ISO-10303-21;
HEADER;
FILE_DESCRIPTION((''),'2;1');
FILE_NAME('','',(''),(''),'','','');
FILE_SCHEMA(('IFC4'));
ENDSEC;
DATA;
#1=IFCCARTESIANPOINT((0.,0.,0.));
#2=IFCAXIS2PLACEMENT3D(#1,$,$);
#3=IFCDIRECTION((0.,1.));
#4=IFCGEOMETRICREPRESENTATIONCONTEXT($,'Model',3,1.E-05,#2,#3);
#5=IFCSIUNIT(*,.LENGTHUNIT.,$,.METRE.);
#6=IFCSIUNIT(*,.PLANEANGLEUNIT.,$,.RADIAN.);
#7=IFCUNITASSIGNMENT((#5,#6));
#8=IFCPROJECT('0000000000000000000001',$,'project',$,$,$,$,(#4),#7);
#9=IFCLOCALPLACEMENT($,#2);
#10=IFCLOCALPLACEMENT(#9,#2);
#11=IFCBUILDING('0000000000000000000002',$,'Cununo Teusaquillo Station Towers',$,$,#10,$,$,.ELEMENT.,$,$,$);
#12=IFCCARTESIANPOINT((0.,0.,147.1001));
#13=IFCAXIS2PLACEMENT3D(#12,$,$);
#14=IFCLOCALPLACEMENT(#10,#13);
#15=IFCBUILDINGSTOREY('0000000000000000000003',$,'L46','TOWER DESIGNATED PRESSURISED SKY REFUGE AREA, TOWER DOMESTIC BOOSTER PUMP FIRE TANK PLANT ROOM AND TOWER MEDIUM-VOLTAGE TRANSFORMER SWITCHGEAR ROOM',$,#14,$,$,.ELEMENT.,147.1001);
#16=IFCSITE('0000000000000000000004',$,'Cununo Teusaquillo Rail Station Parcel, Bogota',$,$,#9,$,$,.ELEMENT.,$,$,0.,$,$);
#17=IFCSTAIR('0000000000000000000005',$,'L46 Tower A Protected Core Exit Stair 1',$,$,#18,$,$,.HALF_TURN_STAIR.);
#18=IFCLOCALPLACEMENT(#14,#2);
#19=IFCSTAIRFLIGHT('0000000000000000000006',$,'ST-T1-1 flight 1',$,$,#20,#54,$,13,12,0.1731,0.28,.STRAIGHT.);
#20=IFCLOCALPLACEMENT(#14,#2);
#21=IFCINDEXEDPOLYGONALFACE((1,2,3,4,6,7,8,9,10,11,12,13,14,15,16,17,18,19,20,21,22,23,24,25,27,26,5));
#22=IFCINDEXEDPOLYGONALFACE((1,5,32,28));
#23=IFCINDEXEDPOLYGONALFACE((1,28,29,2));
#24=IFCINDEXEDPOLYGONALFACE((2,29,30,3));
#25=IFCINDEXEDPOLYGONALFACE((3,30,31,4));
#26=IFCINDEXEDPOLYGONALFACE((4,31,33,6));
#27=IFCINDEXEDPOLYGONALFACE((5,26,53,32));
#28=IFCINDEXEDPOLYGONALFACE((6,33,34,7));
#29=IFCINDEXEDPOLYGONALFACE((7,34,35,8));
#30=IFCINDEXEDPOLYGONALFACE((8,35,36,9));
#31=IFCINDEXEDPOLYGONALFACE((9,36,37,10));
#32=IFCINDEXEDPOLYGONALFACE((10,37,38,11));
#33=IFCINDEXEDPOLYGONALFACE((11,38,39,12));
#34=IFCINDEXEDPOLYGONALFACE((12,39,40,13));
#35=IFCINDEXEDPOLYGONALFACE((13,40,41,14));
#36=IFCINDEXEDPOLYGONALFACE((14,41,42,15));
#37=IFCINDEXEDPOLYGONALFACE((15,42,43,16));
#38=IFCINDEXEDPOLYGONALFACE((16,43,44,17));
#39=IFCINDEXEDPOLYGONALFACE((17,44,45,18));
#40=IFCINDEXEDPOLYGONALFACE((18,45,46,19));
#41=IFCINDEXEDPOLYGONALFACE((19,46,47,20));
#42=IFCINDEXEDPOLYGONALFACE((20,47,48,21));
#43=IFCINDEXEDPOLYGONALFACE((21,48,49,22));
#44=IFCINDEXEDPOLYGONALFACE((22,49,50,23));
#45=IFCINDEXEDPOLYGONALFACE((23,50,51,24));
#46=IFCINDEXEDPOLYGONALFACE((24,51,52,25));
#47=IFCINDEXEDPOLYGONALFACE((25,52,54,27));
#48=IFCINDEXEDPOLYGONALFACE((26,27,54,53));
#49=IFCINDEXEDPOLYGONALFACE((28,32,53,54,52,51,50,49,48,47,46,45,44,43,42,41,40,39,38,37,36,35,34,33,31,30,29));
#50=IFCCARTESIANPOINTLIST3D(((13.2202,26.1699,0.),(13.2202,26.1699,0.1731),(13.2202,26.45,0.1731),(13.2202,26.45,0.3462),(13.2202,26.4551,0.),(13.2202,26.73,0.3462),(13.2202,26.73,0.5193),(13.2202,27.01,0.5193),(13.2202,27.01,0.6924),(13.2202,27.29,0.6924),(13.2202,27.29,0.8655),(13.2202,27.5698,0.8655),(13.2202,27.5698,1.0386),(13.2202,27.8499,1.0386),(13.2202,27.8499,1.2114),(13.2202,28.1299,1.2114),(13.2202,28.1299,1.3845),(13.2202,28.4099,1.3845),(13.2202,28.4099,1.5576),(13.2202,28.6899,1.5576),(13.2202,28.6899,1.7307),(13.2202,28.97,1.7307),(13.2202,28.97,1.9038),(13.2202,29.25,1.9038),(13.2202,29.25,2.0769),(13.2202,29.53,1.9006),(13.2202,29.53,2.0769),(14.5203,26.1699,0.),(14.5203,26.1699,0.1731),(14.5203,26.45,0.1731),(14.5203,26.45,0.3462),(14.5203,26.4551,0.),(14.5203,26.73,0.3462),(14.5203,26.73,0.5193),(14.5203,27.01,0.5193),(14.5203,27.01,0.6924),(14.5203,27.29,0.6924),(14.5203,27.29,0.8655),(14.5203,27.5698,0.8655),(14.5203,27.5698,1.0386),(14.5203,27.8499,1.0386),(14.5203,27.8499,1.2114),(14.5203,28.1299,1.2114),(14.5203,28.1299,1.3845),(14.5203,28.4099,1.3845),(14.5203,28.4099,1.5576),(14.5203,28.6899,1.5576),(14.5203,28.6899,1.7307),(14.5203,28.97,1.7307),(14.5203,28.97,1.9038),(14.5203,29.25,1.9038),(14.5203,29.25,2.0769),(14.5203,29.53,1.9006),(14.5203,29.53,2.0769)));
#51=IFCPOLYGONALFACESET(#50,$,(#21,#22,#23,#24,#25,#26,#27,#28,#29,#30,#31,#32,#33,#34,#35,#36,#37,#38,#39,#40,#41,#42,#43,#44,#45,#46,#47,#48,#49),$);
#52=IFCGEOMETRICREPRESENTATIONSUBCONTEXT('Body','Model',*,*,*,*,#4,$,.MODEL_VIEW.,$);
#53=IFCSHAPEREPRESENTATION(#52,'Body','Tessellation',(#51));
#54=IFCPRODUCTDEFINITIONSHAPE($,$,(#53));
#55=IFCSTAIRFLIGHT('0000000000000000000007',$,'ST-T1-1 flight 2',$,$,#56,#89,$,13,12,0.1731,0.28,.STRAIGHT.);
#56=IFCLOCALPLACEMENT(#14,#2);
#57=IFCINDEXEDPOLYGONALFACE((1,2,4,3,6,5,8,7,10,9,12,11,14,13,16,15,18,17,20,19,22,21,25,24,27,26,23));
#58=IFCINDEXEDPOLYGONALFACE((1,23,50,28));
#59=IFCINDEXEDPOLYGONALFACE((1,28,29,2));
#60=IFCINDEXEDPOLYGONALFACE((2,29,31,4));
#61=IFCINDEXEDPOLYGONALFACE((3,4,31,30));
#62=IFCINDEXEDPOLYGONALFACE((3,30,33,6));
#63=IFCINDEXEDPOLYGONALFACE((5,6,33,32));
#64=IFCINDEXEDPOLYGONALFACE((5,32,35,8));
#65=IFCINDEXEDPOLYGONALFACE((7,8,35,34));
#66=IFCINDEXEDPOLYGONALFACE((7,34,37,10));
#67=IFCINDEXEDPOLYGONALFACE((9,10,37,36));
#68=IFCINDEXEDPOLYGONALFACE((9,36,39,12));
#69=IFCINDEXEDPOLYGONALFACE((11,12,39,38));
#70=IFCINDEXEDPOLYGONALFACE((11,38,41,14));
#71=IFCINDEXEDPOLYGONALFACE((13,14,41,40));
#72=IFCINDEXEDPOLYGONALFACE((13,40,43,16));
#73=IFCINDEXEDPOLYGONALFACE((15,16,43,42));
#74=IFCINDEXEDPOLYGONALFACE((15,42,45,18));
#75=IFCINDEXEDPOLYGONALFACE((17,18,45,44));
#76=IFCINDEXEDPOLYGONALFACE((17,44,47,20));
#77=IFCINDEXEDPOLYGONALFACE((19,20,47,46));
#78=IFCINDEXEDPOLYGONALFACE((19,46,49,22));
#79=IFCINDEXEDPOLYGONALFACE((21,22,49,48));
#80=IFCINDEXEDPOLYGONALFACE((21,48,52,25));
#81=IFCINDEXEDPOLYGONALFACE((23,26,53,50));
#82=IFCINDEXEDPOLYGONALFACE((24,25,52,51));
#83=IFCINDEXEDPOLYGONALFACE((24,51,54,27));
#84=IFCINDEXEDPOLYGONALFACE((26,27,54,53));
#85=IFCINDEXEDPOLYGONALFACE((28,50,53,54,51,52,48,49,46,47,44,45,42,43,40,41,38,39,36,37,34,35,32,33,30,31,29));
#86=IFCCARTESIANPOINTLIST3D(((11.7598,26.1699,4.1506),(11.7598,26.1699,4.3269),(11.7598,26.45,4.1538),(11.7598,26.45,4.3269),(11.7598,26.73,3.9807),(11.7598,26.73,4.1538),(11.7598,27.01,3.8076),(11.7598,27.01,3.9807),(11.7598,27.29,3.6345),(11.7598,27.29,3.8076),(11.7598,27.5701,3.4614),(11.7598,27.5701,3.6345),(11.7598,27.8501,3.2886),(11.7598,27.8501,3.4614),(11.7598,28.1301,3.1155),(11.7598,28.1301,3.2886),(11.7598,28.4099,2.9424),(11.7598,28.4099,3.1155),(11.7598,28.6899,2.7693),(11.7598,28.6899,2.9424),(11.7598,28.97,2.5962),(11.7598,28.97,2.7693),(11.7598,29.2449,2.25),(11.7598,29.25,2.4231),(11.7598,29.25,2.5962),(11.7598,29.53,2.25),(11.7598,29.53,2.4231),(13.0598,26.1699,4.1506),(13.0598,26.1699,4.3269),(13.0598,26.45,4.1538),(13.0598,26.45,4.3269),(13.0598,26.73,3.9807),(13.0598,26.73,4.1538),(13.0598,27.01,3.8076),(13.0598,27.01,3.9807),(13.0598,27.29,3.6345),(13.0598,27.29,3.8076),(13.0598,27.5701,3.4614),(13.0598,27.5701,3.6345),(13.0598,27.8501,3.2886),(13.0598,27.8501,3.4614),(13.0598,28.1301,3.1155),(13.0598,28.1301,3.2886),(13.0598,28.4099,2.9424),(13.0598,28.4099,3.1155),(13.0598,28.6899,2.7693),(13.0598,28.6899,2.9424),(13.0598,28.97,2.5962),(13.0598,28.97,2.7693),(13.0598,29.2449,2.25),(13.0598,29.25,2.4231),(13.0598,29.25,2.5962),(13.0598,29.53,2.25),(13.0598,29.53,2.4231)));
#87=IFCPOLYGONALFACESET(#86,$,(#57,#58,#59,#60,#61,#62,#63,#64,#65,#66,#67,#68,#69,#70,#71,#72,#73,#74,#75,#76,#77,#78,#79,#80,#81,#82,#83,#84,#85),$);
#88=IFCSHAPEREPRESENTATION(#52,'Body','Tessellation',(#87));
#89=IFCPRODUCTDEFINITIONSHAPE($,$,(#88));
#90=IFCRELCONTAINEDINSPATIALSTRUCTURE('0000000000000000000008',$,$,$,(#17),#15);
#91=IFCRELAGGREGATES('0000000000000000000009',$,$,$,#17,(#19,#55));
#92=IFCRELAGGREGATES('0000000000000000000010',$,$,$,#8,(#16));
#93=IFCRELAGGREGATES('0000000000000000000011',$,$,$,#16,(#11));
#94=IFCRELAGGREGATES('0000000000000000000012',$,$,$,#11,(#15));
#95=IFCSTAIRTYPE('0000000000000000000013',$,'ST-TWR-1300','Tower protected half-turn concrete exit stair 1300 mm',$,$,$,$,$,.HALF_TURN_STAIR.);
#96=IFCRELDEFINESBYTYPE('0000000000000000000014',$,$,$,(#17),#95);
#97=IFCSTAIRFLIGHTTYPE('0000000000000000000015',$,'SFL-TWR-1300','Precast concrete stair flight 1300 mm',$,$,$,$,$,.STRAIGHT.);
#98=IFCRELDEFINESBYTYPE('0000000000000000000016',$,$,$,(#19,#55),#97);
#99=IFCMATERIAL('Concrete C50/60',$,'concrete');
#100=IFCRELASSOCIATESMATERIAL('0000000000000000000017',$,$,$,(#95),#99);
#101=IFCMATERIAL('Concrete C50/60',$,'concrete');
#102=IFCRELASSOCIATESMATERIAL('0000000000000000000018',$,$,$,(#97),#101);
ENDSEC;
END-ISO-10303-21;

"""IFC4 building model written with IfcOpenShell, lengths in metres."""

from ifc_helpers import new_model, si_unit, direction, frame, origin, place, context, subcontext, project, spatial, polyline, outline, extrude, material, type_object, element, aggregate, save


model = new_model("IFC4")

# Units and contexts
model_context = context("Model", 3, precision=1e-05, world=origin(), true_north=direction((0.0, 1.0)))
body_context = subcontext(model_context, "Body", "Model", "MODEL_VIEW")
ifc_project = project(units=[si_unit("LENGTHUNIT", "METRE"), si_unit("PLANEANGLEUNIT", "RADIAN")], contexts=[model_context])

# Site, building, storey
site_placement = place(None, origin())
site = spatial("IfcSite", under=ifc_project, at=site_placement, Name="Cununo Teusaquillo Rail Station Parcel, Bogota", CompositionType="ELEMENT", RefElevation=0.0)
building_placement = place(site_placement, origin())
building = spatial("IfcBuilding", under=site, at=building_placement, Name="Cununo Teusaquillo Station Towers", CompositionType="ELEMENT")
storey_placement = place(building_placement, frame((0.0, 0.0, 147.1001)))
storey = spatial("IfcBuildingStorey", under=building, at=storey_placement, Name="L46", Description="TOWER DESIGNATED PRESSURISED SKY REFUGE AREA, TOWER DOMESTIC BOOSTER PUMP FIRE TANK PLANT ROOM AND TOWER MEDIUM-VOLTAGE TRANSFORMER SWITCHGEAR ROOM", CompositionType="ELEMENT", Elevation=147.1001)

# Stair, stair flights
ifc_material_1 = material(Name="Concrete C50/60", Category="concrete")
stair_type = type_object("IfcStairType", Name="ST-TWR-1300", Description="Tower protected half-turn concrete exit stair 1300 mm", PredefinedType="HALF_TURN_STAIR", material=ifc_material_1)
stair_placement = place(storey_placement, origin())
stair = element("IfcStair", 1, at=stair_placement, inside=storey, type_object=stair_type, Name="L46 Tower A Protected Core Exit Stair 1", PredefinedType="HALF_TURN_STAIR")
ifc_material_2 = material(Name="Concrete C50/60", Category="concrete")
stair_flight_type = type_object("IfcStairFlightType", Name="SFL-TWR-1300", Description="Precast concrete stair flight 1300 mm", PredefinedType="STRAIGHT", material=ifc_material_2)
stair_flight_1_placement = place(storey_placement, frame((13.8701, 26.1699, 0.0), z_axis=(0.0, 0.0, 1.0), x_axis=(0.0, 1.0, 0.0)))
stair_flight_1 = element("IfcStairFlight", 2, at=stair_flight_1_placement, type_object=stair_flight_type, Name="ST-T1-1 flight 1", NumberOfRisers=13, NumberOfTreads=12, PredefinedType="STRAIGHT", RiserHeight=0.1731, TreadLength=0.28, context=body_context, shape_type="SweptSolid", body=[
    extrude(outline(polyline([(0.0, 0.0), (0.0, 0.1731), (0.28, 0.1731), (0.28, 0.3462), (0.5601, 0.3462), (0.5601, 0.5193), (0.8401, 0.5193), (0.8401, 0.6924), (1.1201, 0.6924), (1.1201, 0.8655), (1.3999, 0.8655), (1.3999, 1.0386), (1.6799, 1.0386), (1.6799, 1.2114), (1.96, 1.2114), (1.96, 1.3845), (2.24, 1.3845), (2.24, 1.5576), (2.52, 1.5576), (2.52, 1.7307), (2.8, 1.7307), (2.8, 1.9038), (3.0801, 1.9038), (3.0801, 2.0769), (3.3601, 2.0769), (3.3601, 2.25), (3.3601, 1.9006), (0.2852, 0.0), (0.0, 0.0)])), frame((0.0, 0.6499, 0.0), z_axis=(0.0, -1.0, 0.0), x_axis=(1.0, 0.0, 0.0)), (0.0, 0.0, 1.0), 1.3),
])
stair_flight_2_placement = place(storey_placement, frame((12.4099, 29.53, 2.25), z_axis=(0.0, 0.0, 1.0), x_axis=(0.0, -1.0, 0.0)))
stair_flight_2 = element("IfcStairFlight", 3, at=stair_flight_2_placement, type_object=stair_flight_type, Name="ST-T1-1 flight 2", NumberOfRisers=13, NumberOfTreads=12, PredefinedType="STRAIGHT", RiserHeight=0.1731, TreadLength=0.28, context=body_context, shape_type="SweptSolid", body=[
    extrude(outline(polyline([(0.0, 0.0), (0.0, 0.1731), (0.28, 0.1731), (0.28, 0.3462), (0.5601, 0.3462), (0.5601, 0.5193), (0.8401, 0.5193), (0.8401, 0.6924), (1.1201, 0.6924), (1.1201, 0.8655), (1.3999, 0.8655), (1.3999, 1.0386), (1.6799, 1.0386), (1.6799, 1.2114), (1.96, 1.2114), (1.96, 1.3845), (2.24, 1.3845), (2.24, 1.5576), (2.52, 1.5576), (2.52, 1.7307), (2.8, 1.7307), (2.8, 1.9038), (3.0801, 1.9038), (3.0801, 2.0769), (3.3601, 2.0769), (3.3601, 2.25), (3.3601, 1.9006), (0.2852, 0.0), (0.0, 0.0)])), frame((0.0, 0.6499, 0.0), z_axis=(0.0, -1.0, 0.0), x_axis=(1.0, 0.0, 0.0)), (0.0, 0.0, 1.0), 1.3),
])
aggregate(stair, [stair_flight_1, stair_flight_2])

save(model, "model.ifc")
